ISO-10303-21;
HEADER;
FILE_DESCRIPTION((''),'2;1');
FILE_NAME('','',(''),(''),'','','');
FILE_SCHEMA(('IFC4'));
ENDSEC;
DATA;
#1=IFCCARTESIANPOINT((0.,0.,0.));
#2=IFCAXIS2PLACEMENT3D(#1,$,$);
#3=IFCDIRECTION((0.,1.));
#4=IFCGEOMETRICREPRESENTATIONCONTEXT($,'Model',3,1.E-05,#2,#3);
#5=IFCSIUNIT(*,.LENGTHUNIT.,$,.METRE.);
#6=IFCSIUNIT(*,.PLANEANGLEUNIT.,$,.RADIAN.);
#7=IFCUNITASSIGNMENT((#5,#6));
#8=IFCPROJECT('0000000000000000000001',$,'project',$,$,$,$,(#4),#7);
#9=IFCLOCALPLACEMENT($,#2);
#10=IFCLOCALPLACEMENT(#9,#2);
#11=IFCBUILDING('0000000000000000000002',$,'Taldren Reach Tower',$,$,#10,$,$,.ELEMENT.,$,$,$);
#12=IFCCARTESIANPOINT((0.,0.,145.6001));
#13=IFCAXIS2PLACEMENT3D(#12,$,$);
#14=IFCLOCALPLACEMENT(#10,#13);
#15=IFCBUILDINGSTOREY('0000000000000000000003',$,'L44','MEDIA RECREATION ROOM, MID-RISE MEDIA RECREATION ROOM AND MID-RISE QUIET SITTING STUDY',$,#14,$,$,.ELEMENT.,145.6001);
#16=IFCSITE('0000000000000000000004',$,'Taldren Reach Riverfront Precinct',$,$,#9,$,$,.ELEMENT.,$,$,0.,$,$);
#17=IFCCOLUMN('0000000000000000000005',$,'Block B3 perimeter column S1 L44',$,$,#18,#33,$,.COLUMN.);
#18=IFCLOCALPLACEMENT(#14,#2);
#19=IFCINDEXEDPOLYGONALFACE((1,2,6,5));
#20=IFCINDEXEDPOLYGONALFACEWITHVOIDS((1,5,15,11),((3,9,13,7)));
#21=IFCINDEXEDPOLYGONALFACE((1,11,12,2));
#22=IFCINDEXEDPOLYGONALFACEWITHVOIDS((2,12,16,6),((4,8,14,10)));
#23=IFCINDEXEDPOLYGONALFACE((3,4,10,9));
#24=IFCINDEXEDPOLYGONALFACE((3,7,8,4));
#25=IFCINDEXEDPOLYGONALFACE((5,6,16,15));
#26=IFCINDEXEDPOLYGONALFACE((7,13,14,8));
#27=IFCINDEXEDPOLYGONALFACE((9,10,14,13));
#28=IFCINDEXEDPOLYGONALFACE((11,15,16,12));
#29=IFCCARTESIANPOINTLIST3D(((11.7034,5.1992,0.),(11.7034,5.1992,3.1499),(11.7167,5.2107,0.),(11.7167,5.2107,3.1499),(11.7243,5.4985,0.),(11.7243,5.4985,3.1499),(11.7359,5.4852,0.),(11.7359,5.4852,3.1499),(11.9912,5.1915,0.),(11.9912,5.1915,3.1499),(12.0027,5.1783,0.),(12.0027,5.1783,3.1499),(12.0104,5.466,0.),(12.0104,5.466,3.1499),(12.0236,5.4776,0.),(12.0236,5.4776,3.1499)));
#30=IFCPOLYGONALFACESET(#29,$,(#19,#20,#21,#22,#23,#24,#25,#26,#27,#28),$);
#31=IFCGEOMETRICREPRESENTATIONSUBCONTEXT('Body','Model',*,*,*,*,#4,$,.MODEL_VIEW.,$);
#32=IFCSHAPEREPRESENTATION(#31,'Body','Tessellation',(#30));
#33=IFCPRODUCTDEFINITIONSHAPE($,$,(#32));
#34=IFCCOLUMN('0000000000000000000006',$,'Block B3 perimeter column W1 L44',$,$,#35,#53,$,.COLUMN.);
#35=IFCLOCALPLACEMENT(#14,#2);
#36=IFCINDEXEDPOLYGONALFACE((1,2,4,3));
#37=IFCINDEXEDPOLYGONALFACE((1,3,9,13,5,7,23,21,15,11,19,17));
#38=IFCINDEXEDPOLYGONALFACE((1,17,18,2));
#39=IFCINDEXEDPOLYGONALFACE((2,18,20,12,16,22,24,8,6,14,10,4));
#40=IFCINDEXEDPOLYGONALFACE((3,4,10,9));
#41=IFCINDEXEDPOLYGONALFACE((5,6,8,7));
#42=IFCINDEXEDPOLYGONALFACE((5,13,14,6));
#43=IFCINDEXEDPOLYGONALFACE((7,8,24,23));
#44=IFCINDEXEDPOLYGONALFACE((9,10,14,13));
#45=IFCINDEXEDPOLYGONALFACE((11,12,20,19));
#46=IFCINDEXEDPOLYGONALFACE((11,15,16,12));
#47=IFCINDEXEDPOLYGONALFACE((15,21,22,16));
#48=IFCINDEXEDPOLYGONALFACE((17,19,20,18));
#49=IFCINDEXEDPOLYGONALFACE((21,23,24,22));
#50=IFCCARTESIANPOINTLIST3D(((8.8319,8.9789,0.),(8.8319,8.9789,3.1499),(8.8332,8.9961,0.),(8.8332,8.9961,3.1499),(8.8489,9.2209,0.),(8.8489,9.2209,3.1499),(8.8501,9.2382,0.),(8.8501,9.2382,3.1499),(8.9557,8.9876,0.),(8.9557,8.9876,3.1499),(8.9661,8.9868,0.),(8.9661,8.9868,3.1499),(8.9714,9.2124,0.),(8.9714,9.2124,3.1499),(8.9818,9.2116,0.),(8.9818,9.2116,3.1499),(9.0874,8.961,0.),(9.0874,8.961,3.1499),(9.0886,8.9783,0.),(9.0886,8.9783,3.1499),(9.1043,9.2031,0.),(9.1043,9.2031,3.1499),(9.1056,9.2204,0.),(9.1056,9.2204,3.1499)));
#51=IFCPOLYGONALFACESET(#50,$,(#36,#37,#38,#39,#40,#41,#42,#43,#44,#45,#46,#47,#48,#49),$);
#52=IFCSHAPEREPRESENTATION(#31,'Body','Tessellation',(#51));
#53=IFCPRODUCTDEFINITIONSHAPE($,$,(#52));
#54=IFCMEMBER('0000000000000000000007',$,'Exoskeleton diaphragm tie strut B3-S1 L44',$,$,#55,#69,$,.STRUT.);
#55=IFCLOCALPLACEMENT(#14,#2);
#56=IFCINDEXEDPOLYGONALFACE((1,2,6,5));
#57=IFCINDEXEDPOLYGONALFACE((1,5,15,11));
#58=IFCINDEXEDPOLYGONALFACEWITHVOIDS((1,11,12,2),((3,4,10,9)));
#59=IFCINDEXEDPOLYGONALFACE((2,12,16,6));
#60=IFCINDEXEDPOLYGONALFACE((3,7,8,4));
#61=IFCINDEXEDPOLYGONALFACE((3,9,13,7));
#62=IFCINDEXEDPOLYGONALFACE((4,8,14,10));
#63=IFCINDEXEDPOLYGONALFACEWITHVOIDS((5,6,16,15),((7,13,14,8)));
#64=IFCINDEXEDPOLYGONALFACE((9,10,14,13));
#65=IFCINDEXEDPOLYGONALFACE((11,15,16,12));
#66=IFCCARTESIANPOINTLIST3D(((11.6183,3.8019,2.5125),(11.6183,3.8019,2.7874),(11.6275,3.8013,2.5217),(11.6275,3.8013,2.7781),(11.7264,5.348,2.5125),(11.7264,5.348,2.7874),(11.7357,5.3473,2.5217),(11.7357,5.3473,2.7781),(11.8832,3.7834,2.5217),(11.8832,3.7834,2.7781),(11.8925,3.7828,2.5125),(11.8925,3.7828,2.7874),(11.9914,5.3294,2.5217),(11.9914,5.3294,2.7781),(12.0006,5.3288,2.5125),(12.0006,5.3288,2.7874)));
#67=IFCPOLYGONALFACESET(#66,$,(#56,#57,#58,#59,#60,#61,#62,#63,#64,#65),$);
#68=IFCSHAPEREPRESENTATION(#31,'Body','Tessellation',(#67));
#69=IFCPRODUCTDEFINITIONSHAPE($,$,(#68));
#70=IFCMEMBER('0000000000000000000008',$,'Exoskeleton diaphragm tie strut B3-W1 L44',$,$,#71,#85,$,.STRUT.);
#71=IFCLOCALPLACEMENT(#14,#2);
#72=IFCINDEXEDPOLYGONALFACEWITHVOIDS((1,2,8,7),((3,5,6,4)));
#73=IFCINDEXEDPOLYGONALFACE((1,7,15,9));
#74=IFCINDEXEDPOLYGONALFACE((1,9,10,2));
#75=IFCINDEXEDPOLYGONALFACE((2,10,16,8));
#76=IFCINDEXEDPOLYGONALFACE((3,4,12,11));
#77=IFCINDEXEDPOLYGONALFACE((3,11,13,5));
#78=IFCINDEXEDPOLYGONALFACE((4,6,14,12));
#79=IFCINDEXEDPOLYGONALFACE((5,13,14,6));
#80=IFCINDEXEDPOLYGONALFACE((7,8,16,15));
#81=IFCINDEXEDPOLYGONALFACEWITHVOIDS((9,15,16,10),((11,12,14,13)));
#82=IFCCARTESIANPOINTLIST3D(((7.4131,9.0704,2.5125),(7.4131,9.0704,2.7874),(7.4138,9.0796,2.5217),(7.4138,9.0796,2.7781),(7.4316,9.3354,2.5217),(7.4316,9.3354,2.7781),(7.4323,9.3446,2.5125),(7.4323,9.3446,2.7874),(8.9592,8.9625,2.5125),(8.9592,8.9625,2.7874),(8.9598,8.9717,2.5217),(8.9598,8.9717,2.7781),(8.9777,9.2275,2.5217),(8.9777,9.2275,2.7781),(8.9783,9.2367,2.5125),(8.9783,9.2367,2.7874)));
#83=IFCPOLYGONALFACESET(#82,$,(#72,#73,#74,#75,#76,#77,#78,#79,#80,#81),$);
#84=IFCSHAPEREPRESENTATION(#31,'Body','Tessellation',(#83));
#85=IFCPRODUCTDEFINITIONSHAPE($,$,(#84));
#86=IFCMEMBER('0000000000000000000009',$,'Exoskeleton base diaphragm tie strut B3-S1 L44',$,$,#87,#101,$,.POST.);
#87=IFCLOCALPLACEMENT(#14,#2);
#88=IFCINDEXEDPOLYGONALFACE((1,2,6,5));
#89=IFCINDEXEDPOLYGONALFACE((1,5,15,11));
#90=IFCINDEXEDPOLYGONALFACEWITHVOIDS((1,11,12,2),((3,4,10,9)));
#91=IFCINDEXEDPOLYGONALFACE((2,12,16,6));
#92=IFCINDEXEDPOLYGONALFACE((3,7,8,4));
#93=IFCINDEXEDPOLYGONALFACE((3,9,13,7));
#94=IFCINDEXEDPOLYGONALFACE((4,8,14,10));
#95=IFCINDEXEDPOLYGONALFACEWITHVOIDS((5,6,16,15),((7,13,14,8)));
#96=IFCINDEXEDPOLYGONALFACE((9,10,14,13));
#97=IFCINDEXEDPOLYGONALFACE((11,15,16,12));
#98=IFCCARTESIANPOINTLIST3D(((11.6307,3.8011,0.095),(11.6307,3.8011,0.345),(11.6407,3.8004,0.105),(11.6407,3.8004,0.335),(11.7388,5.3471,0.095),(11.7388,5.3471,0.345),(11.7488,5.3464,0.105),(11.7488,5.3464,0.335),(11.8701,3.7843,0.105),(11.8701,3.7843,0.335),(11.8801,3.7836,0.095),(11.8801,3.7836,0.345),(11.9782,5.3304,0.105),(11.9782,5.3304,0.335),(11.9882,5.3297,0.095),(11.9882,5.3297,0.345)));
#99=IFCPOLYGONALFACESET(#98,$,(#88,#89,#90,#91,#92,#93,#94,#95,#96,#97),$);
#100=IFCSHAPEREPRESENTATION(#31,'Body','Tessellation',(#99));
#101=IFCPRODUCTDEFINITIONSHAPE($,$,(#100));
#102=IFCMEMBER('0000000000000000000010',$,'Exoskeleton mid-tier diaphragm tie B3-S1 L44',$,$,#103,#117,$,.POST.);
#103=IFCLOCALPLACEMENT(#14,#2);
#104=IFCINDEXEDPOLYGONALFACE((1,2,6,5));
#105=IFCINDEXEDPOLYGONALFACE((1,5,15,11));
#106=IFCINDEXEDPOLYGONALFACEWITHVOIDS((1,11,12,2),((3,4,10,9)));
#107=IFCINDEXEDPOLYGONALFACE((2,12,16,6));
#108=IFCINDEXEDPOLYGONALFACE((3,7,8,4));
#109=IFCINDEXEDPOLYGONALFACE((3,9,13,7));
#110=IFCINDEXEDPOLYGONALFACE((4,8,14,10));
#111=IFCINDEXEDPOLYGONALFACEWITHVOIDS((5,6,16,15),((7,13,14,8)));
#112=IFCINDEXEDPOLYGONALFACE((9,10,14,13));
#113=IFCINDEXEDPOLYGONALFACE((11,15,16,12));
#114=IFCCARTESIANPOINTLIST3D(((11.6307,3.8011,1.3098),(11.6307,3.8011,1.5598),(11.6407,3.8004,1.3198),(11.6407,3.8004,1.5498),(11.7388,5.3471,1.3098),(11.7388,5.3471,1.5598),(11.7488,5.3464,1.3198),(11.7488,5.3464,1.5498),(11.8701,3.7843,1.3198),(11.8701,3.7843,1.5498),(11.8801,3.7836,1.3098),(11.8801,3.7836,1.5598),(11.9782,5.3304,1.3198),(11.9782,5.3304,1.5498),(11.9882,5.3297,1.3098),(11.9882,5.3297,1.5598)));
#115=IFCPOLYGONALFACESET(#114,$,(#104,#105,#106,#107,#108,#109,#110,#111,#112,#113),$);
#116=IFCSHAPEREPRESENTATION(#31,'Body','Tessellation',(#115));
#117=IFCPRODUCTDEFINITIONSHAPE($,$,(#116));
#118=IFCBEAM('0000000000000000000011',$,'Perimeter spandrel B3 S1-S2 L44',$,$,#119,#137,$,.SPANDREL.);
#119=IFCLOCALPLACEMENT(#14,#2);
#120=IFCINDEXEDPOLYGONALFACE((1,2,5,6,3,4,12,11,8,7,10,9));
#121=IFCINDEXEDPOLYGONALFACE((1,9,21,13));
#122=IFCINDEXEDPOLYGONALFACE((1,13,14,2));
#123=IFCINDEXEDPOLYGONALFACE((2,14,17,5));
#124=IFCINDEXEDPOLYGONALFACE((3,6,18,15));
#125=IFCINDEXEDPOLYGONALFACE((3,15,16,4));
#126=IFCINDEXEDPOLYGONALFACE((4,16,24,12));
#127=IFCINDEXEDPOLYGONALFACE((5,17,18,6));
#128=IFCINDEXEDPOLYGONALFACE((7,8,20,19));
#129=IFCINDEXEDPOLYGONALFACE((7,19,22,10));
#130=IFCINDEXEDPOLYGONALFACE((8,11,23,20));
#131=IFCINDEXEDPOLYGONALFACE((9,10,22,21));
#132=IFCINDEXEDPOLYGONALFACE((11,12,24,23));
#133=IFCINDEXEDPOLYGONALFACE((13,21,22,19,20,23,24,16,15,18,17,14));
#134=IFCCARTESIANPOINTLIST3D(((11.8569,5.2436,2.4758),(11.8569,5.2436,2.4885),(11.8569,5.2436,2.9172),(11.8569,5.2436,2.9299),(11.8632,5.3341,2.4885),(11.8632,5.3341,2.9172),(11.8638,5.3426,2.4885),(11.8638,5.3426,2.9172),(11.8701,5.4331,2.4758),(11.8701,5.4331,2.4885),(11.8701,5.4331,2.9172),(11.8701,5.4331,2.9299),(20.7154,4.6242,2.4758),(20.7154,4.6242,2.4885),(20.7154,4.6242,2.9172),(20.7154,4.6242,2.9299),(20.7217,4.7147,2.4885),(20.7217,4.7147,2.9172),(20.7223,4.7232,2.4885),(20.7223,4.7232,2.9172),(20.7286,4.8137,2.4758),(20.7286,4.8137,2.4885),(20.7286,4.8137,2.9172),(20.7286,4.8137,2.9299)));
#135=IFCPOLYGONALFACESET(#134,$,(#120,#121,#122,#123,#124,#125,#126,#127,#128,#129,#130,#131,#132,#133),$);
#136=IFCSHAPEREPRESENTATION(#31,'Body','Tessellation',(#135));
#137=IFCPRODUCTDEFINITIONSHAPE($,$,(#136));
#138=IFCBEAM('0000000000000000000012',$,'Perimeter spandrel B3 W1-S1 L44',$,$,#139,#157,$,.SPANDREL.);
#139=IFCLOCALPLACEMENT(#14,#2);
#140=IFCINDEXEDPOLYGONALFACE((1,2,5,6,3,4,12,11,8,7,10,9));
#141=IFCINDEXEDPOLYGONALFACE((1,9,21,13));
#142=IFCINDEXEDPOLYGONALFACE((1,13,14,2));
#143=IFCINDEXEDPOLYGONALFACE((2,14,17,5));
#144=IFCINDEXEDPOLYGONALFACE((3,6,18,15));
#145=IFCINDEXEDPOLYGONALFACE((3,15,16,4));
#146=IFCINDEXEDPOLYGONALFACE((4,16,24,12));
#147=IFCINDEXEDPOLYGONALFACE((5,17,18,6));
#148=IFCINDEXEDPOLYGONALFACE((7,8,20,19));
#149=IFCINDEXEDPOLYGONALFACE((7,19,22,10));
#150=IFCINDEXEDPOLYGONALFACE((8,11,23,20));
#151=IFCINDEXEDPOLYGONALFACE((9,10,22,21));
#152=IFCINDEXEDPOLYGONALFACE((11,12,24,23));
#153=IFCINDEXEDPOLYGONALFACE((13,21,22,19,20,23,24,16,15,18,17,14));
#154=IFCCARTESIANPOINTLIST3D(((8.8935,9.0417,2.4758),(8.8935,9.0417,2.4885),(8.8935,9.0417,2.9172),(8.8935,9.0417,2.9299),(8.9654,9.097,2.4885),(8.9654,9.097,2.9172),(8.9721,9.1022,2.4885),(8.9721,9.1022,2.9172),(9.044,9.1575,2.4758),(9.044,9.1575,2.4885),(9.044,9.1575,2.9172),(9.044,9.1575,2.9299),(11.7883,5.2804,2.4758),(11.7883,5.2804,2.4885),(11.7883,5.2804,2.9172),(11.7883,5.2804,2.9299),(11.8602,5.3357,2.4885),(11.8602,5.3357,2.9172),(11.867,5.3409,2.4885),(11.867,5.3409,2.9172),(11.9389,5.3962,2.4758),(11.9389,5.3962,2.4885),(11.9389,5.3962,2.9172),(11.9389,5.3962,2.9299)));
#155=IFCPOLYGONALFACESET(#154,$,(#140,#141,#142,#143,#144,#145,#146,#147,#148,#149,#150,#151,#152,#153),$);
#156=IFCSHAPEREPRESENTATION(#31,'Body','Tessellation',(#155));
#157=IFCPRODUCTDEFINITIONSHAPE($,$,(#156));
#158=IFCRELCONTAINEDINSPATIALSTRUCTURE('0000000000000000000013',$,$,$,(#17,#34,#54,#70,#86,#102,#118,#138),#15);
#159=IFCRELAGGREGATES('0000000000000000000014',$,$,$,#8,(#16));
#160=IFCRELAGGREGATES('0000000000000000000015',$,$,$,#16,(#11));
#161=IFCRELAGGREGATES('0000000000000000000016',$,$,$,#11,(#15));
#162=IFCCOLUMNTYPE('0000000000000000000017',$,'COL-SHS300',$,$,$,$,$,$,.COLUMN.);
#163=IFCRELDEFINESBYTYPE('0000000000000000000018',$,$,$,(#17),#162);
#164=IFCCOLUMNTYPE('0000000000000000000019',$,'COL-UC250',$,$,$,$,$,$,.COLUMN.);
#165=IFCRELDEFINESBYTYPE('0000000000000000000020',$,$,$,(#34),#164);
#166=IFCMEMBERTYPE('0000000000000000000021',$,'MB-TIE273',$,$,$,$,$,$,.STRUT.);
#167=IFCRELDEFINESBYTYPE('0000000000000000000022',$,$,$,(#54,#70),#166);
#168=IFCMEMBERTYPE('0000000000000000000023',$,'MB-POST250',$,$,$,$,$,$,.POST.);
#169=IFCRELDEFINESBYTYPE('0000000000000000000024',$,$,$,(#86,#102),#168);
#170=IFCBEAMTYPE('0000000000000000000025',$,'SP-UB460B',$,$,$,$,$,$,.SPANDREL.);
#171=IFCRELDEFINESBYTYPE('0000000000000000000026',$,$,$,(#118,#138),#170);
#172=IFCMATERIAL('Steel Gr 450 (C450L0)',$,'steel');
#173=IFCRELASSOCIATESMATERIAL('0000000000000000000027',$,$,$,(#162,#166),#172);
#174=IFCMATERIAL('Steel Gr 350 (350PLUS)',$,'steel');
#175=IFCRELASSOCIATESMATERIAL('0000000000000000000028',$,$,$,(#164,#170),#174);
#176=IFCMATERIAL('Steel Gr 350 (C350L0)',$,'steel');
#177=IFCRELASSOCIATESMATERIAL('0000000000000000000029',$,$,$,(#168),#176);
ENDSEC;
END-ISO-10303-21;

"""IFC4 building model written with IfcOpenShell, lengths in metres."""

from ifc_helpers import new_model, si_unit, direction, frame, origin, origin_2d, place, context, subcontext, project, spatial, hollow_rectangle, i_section, extrude, source, transform, mapped, material, material_profile, profile_set, type_object, element, save


model = new_model("IFC4")

# Units and contexts
model_context = context("Model", 3, precision=1e-05, world=origin(), true_north=direction((0.0, 1.0)))
body_context = subcontext(model_context, "Body", "Model", "MODEL_VIEW")
ifc_project = project(units=[si_unit("LENGTHUNIT", "METRE"), si_unit("PLANEANGLEUNIT", "RADIAN")], contexts=[model_context])

# Site, building, storey
site_placement = place(None, origin())
site = spatial("IfcSite", under=ifc_project, at=site_placement, Name="Taldren Reach Riverfront Precinct", CompositionType="ELEMENT", RefElevation=0.0)
building_placement = place(site_placement, origin())
building = spatial("IfcBuilding", under=site, at=building_placement, Name="Taldren Reach Tower", CompositionType="ELEMENT")
storey_placement = place(building_placement, frame((0.0, 0.0, 145.6001)))
storey = spatial("IfcBuildingStorey", under=building, at=storey_placement, Name="L44", Description="MEDIA RECREATION ROOM, MID-RISE MEDIA RECREATION ROOM AND MID-RISE QUIET SITTING STUDY", CompositionType="ELEMENT", Elevation=145.6001)

# Columns
ifc_material_1 = material(Name="Steel Gr 450 (C450L0)", Category="steel")
ifc_material_profile_1 = material_profile(ifc_material_1, hollow_rectangle(XDim=0.3, YDim=0.3, WallThickness=0.0125, at=origin_2d()), Name="300x300x12.5SHS")
ifc_profile_set_1 = profile_set([ifc_material_profile_1], Name="Steel Gr 450 (C450L0)")
column_type_1 = type_object("IfcColumnType", Name="COL-SHS300", PredefinedType="COLUMN", material=ifc_profile_set_1)
shared_shape_1 = source(origin(), body_context, "Body", "SweptSolid", [
    extrude(hollow_rectangle(XDim=0.3, YDim=0.3, WallThickness=0.0125, at=origin_2d()), origin(), (0.0, 0.0, 1.0), 3.1499),
])
column_1_placement = place(storey_placement, frame((11.8635, 5.3384, 0.0), z_axis=(0.0, 0.0, 1.0), x_axis=(0.997564, -0.069756, 0.0)))
element("IfcColumn", 1, at=column_1_placement, inside=storey, type_object=column_type_1, Name="Block B3 perimeter column S1 L44", PredefinedType="COLUMN", context=body_context, shape_type="MappedRepresentation", body=[
    mapped(shared_shape_1, transform((0.0, 0.0, 0.0), scale=1.0)),
])
ifc_material_2 = material(Name="Steel Gr 350 (350PLUS)", Category="steel")
ifc_material_profile_2 = material_profile(ifc_material_2, i_section(OverallWidth=0.2561, OverallDepth=0.26, WebThickness=0.0105, FlangeThickness=0.0173, at=origin_2d()), Name="250UC89.5")
ifc_profile_set_2 = profile_set([ifc_material_profile_2], Name="Steel Gr 350 (350PLUS)")
column_type_2 = type_object("IfcColumnType", Name="COL-UC250", PredefinedType="COLUMN", material=ifc_profile_set_2)
shared_shape_2 = source(origin(), body_context, "Body", "SweptSolid", [
    extrude(i_section(OverallWidth=0.2561, OverallDepth=0.26, WebThickness=0.0105, FlangeThickness=0.0173, at=origin_2d()), origin(), (0.0, 0.0, 1.0), 3.1499),
])
column_2_placement = place(storey_placement, frame((8.9688, 9.0996, 0.0), z_axis=(0.0, 0.0, 1.0), x_axis=(0.997564, -0.069756, 0.0)))
element("IfcColumn", 2, at=column_2_placement, inside=storey, type_object=column_type_2, Name="Block B3 perimeter column W1 L44", PredefinedType="COLUMN", context=body_context, shape_type="MappedRepresentation", body=[
    mapped(shared_shape_2, transform((0.0, 0.0, 0.0), scale=1.0)),
])

# Members
ifc_material_profile_3 = material_profile(ifc_material_1, hollow_rectangle(XDim=0.2749, YDim=0.2749, WallThickness=0.0093, at=origin_2d()), Name="275x275x9.3SHS")
ifc_profile_set_3 = profile_set([ifc_material_profile_3], Name="Steel Gr 450 (C450L0)")
member_type_1 = type_object("IfcMemberType", Name="MB-TIE273", PredefinedType="STRUT", material=ifc_profile_set_3)
shared_shape_3 = source(origin(), body_context, "Body", "SweptSolid", [
    extrude(hollow_rectangle(XDim=0.2749, YDim=0.2749, WallThickness=0.0093, at=origin_2d()), origin(), (0.0, 0.0, 1.0), 1.5498),
])
for number, where, z_axis, x_axis, name in (
    (3, (11.8635, 5.3384, 2.6499), (-0.069781, -0.997562, 0.0), (0.997562, -0.069781, 0.0), "Exoskeleton diaphragm tie strut B3-S1 L44"),
    (4, (8.9688, 9.0996, 2.6499), (-0.997573, 0.069624, 0.0), (-0.069624, -0.997573, 0.0), "Exoskeleton diaphragm tie strut B3-W1 L44"),
):
    element("IfcMember", number, at=place(storey_placement, frame(where, z_axis=z_axis, x_axis=x_axis)), inside=storey, type_object=member_type_1, Name=name, PredefinedType="STRUT", context=body_context, shape_type="MappedRepresentation", body=[
        mapped(shared_shape_3, transform((0.0, 0.0, 0.0), scale=1.0)),
    ])
ifc_material_3 = material(Name="Steel Gr 350 (C350L0)", Category="steel")
ifc_material_profile_4 = material_profile(ifc_material_3, hollow_rectangle(XDim=0.25, YDim=0.25, WallThickness=0.01, at=origin_2d()), Name="250x250x10.0SHS")
ifc_profile_set_4 = profile_set([ifc_material_profile_4], Name="Steel Gr 350 (C350L0)")
member_type_2 = type_object("IfcMemberType", Name="MB-POST250", PredefinedType="POST", material=ifc_profile_set_4)
shared_shape_4 = source(origin(), body_context, "Body", "SweptSolid", [
    extrude(hollow_rectangle(XDim=0.25, YDim=0.25, WallThickness=0.01, at=origin_2d()), origin(), (0.0, 0.0, 1.0), 1.5498),
])
for number, where, z_axis, x_axis, name in (
    (5, (11.8635, 5.3384, 0.22), (-0.069781, -0.997562, 0.0), (0.997562, -0.069781, 0.0), "Exoskeleton base diaphragm tie strut B3-S1 L44"),
    (6, (11.8635, 5.3384, 1.4348), (-0.069781, -0.997562, 0.0), (0.997562, -0.069781, 0.0), "Exoskeleton mid-tier diaphragm tie B3-S1 L44"),
):
    element("IfcMember", number, at=place(storey_placement, frame(where, z_axis=z_axis, x_axis=x_axis)), inside=storey, type_object=member_type_2, Name=name, PredefinedType="POST", context=body_context, shape_type="MappedRepresentation", body=[
        mapped(shared_shape_4, transform((0.0, 0.0, 0.0), scale=1.0)),
    ])

# Beams
ifc_material_profile_5 = material_profile(ifc_material_2, i_section(OverallWidth=0.1899, OverallDepth=0.4541, WebThickness=0.0085, FlangeThickness=0.0127, at=origin_2d()), Name="460UB67.1")
ifc_profile_set_5 = profile_set([ifc_material_profile_5], Name="Steel Gr 350 (350PLUS)")
beam_type_1 = type_object("IfcBeamType", Name="SP-UB460B", PredefinedType="SPANDREL", material=ifc_profile_set_5)
shared_shape_5 = source(origin(), body_context, "Body", "SweptSolid", [
    extrude(i_section(OverallWidth=0.1899, OverallDepth=0.4541, WebThickness=0.0085, FlangeThickness=0.0127, at=origin_2d()), origin(), (0.0, 0.0, 1.0), 8.8801),
])
beam_1_placement = place(storey_placement, frame((11.8635, 5.3384, 2.7029), z_axis=(0.997564, -0.06975, 0.0), x_axis=(0.06975, 0.997564, 0.0)))
element("IfcBeam", 7, at=beam_1_placement, inside=storey, type_object=beam_type_1, Name="Perimeter spandrel B3 S1-S2 L44", PredefinedType="SPANDREL", context=body_context, shape_type="MappedRepresentation", body=[
    mapped(shared_shape_5, transform((0.0, 0.0, 0.0), scale=1.0)),
])
shared_shape_6 = source(origin(), body_context, "Body", "SweptSolid", [
    extrude(i_section(OverallWidth=0.1899, OverallDepth=0.4541, WebThickness=0.0085, FlangeThickness=0.0127, at=origin_2d()), origin(), (0.0, 0.0, 1.0), 4.7463),
])
beam_2_placement = place(storey_placement, frame((8.9688, 9.0996, 2.7029), z_axis=(0.609912, -0.792469, 0.0), x_axis=(0.792469, 0.609912, 0.0)))
element("IfcBeam", 8, at=beam_2_placement, inside=storey, type_object=beam_type_1, Name="Perimeter spandrel B3 W1-S1 L44", PredefinedType="SPANDREL", context=body_context, shape_type="MappedRepresentation", body=[
    mapped(shared_shape_6, transform((0.0, 0.0, 0.0), scale=1.0)),
])

save(model, "model.ifc")
